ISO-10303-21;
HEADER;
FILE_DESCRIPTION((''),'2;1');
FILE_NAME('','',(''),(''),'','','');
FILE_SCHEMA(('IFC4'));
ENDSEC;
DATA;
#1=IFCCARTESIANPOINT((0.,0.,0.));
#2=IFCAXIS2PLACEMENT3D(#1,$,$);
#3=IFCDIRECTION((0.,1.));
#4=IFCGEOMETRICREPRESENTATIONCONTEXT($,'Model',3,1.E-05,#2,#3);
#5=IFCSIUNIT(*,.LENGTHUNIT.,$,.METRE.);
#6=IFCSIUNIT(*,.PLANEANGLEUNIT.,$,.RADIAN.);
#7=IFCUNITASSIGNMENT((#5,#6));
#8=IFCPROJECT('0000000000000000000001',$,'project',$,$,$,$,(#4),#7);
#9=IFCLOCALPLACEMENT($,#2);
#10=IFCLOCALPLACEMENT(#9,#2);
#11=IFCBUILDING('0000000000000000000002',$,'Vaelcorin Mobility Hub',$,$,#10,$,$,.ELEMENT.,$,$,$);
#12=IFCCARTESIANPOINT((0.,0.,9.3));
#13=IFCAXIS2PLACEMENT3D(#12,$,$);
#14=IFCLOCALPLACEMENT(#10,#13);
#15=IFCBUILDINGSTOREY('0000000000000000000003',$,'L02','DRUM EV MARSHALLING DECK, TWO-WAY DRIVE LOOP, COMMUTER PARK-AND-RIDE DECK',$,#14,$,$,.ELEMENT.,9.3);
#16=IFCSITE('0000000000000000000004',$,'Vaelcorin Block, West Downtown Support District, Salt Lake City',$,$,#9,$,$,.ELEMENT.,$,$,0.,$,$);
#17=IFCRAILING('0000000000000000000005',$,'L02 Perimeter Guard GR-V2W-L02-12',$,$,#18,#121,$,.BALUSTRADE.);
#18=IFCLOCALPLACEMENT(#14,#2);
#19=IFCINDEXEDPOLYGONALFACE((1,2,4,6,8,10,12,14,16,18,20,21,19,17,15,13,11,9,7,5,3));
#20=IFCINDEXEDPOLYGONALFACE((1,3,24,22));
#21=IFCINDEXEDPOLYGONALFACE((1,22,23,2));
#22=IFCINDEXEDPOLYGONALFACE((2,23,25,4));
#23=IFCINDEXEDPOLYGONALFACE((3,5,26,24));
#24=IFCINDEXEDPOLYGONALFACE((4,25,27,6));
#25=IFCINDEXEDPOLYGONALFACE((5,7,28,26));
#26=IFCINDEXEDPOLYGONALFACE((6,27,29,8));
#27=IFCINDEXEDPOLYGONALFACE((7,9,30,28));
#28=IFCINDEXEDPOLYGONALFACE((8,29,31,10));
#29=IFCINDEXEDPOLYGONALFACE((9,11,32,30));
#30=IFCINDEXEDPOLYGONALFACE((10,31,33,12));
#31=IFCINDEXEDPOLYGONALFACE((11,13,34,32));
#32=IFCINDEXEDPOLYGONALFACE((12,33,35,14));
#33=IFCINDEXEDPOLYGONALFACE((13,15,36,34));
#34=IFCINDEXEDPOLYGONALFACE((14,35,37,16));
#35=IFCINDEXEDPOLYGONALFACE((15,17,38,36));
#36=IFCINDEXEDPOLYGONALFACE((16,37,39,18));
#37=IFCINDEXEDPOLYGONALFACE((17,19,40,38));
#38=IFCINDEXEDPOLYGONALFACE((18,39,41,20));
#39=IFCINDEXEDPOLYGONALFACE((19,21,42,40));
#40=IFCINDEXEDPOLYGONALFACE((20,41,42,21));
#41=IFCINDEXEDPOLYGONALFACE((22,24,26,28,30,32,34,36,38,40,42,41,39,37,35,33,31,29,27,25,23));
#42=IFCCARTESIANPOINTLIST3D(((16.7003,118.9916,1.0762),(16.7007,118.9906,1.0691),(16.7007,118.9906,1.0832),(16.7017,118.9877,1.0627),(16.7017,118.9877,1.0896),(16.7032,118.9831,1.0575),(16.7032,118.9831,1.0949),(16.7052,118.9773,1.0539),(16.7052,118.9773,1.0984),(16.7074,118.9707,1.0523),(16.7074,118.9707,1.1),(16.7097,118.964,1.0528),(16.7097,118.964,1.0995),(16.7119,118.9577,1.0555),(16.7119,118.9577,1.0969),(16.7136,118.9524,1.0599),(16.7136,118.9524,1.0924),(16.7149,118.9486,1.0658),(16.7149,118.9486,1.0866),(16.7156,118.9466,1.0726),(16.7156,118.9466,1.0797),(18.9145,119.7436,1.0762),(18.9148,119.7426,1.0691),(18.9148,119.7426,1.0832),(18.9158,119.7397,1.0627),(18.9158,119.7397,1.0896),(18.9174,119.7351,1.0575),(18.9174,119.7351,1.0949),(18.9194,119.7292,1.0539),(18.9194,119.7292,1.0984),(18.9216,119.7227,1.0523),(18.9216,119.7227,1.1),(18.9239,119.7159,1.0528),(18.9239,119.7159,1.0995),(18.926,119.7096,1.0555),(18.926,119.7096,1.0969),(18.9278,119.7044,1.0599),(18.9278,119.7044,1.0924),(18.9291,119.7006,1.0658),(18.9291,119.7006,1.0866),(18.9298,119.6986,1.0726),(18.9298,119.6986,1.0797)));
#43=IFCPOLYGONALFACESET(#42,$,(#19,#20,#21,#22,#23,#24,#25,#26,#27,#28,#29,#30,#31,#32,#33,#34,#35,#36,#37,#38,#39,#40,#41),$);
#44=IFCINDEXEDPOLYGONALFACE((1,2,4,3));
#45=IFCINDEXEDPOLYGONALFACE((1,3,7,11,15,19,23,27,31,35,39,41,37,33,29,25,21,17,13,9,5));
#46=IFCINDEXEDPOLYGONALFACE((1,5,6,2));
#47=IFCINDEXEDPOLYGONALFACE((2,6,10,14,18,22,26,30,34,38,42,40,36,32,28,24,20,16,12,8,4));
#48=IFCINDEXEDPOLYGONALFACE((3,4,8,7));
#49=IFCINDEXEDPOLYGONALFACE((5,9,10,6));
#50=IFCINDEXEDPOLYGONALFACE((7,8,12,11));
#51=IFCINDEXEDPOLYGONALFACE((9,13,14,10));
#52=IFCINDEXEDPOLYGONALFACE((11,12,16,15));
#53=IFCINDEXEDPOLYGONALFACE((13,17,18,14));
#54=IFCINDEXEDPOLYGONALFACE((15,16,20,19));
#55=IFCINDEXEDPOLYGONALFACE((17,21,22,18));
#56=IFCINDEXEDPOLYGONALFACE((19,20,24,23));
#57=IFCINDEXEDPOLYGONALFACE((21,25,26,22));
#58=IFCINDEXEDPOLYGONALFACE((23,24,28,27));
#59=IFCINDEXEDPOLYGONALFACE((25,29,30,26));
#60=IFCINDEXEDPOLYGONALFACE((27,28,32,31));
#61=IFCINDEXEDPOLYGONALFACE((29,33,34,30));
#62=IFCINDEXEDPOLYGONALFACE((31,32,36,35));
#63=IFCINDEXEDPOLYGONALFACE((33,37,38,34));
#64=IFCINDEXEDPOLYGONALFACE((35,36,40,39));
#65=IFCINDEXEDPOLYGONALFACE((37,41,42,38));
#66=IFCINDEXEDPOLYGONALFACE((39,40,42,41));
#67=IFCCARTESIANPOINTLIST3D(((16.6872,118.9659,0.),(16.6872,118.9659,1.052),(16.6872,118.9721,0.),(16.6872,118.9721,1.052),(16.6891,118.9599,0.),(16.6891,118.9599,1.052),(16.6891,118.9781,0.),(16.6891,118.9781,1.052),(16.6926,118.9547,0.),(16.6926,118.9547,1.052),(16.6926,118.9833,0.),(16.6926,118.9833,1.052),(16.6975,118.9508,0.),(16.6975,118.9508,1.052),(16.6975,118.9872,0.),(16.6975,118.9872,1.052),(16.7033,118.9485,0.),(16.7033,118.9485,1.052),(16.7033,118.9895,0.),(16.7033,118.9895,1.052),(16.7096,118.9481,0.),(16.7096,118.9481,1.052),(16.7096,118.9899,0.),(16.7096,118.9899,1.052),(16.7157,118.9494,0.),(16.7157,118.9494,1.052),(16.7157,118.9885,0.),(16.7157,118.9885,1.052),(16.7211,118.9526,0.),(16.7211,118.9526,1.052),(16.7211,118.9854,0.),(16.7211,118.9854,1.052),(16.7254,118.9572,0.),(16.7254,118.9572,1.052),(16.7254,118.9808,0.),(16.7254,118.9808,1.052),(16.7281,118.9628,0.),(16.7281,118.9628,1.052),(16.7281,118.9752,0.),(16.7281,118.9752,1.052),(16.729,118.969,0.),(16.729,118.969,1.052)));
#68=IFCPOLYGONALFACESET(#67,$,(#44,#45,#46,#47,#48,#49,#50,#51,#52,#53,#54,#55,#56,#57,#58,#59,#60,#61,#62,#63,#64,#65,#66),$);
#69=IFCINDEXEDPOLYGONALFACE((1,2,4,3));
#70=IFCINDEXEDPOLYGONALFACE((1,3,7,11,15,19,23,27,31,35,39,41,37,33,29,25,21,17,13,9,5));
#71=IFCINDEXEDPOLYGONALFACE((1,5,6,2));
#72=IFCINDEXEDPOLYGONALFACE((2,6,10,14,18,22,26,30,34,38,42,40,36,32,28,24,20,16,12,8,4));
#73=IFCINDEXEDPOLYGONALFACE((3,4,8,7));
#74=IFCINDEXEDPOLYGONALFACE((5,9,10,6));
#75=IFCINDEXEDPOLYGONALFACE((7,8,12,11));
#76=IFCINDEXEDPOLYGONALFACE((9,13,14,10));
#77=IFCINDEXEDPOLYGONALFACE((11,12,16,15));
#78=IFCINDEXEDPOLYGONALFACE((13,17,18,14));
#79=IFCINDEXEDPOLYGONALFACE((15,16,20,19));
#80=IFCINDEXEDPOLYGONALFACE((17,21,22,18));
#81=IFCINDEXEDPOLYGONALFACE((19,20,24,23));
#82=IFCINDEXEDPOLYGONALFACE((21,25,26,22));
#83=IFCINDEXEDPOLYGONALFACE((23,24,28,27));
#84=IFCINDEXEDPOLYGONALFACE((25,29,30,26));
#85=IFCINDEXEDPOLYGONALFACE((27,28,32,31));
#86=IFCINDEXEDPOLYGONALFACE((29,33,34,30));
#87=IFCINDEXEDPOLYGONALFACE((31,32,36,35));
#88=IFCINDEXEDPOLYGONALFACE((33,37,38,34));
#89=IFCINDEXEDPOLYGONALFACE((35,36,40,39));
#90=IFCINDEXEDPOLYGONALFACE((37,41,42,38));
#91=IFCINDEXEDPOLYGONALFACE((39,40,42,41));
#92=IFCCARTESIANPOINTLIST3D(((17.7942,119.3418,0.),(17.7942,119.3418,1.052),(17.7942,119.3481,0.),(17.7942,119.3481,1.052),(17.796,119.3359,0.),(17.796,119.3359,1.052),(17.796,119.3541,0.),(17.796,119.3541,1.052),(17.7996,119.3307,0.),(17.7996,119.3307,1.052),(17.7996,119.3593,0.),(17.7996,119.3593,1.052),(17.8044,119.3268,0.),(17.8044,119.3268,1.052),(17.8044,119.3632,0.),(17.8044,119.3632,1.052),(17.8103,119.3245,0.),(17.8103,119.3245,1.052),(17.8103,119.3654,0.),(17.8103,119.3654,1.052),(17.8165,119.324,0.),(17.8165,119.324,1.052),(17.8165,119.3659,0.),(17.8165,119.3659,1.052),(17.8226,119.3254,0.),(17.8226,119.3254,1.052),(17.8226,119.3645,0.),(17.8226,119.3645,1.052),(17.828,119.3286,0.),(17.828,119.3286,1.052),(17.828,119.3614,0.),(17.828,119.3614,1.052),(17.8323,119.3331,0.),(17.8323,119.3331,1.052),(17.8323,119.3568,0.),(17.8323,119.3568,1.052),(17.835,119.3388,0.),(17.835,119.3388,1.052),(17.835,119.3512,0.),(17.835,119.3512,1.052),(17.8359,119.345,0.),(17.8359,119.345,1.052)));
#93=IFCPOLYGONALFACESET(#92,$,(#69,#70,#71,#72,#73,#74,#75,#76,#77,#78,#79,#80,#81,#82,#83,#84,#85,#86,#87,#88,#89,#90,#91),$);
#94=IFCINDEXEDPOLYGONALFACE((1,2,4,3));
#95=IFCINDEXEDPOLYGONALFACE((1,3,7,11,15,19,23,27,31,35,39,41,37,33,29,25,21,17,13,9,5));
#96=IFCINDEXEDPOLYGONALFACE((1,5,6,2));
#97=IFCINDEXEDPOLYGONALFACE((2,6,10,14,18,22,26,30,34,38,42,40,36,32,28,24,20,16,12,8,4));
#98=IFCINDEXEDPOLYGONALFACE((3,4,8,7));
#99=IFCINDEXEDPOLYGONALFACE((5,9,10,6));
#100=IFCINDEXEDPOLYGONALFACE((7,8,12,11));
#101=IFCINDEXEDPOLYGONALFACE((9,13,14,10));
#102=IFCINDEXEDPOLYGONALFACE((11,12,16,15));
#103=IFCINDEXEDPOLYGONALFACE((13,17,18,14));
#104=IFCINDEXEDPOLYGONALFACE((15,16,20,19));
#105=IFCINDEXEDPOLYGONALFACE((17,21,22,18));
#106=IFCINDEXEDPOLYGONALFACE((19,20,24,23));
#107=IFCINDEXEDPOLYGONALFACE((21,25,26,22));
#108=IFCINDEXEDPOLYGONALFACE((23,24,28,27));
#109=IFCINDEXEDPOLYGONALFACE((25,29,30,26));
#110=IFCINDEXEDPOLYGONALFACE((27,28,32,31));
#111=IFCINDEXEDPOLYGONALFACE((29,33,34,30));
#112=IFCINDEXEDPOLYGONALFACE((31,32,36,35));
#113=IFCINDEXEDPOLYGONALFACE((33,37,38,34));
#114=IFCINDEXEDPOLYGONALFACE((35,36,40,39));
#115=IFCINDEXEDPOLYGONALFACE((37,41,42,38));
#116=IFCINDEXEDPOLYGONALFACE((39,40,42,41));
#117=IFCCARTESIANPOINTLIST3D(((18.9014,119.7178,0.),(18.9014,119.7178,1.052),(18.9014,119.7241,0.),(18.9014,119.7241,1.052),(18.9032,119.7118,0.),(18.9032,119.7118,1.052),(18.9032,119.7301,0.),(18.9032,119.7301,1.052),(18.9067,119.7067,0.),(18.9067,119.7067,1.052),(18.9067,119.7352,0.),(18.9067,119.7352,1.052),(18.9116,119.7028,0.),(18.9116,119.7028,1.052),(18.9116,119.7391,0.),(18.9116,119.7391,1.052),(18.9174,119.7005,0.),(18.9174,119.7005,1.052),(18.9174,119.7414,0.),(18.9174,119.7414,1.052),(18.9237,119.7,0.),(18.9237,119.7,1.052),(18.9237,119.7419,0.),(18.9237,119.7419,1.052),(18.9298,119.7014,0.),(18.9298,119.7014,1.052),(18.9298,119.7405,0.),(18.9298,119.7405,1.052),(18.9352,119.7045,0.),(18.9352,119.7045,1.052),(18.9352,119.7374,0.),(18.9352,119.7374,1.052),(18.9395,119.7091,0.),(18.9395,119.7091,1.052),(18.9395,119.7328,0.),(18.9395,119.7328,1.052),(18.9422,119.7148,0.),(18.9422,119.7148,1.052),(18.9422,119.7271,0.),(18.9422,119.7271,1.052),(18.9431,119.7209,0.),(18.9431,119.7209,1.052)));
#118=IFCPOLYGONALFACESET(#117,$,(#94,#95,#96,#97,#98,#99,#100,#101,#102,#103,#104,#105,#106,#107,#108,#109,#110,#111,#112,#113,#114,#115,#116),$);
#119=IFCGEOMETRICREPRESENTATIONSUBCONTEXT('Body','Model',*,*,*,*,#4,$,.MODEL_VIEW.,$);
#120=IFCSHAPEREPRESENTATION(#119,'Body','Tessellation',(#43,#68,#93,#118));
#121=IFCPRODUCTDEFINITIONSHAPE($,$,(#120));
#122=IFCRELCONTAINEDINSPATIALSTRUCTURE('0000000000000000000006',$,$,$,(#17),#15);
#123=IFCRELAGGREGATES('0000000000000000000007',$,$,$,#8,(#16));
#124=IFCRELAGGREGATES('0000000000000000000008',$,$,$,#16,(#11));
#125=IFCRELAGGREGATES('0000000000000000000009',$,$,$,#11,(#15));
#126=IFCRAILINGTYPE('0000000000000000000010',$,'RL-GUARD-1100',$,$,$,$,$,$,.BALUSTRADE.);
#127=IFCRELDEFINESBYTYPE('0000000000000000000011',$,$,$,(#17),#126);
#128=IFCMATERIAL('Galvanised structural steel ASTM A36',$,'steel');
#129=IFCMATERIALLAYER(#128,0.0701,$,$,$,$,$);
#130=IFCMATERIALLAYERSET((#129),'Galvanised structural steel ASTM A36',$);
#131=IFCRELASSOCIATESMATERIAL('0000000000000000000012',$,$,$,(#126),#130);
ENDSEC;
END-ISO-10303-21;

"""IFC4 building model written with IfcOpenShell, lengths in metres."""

from ifc_helpers import new_model, si_unit, direction, frame, origin, origin_2d, place, context, subcontext, project, spatial, circle, extrude, material, layer, layer_set, type_object, element, save


model = new_model("IFC4")

# Units and contexts
model_context = context("Model", 3, precision=1e-05, world=origin(), true_north=direction((0.0, 1.0)))
body_context = subcontext(model_context, "Body", "Model", "MODEL_VIEW")
ifc_project = project(units=[si_unit("LENGTHUNIT", "METRE"), si_unit("PLANEANGLEUNIT", "RADIAN")], contexts=[model_context])

# Site, building, storey
site_placement = place(None, origin())
site = spatial("IfcSite", under=ifc_project, at=site_placement, Name="Vaelcorin Block, West Downtown Support District, Salt Lake City", CompositionType="ELEMENT", RefElevation=0.0)
building_placement = place(site_placement, origin())
building = spatial("IfcBuilding", under=site, at=building_placement, Name="Vaelcorin Mobility Hub", CompositionType="ELEMENT")
storey_placement = place(building_placement, frame((0.0, 0.0, 9.3)))
storey = spatial("IfcBuildingStorey", under=building, at=storey_placement, Name="L02", Description="DRUM EV MARSHALLING DECK, TWO-WAY DRIVE LOOP, COMMUTER PARK-AND-RIDE DECK", CompositionType="ELEMENT", Elevation=9.3)

# Railing
ifc_material_1 = material(Name="Galvanised structural steel ASTM A36", Category="steel")
ifc_layer_1 = layer(ifc_material_1, 0.0701)
ifc_layer_set_1 = layer_set([ifc_layer_1], Name="Galvanised structural steel ASTM A36")
railing_type = type_object("IfcRailingType", Name="RL-GUARD-1100", PredefinedType="BALUSTRADE", material=ifc_layer_set_1)
railing_1_placement = place(storey_placement, frame((16.708, 118.969, 0.0)))
element("IfcRailing", 1, at=railing_1_placement, inside=storey, type_object=railing_type, Name="L02 Perimeter Guard GR-V2W-L02-12", PredefinedType="BALUSTRADE", context=body_context, shape_type="SweptSolid", body=[
    extrude(circle(Radius=0.0239, at=origin_2d()), frame((0.0, 0.0, 1.0762), z_axis=(0.946883, 0.321579, 0.0), x_axis=(-0.321579, 0.946883, 0.0)), (0.0, 0.0, 1.0), 2.3384),
    extrude(circle(Radius=0.021, at=origin_2d()), origin(), (0.0, 0.0, 1.0), 1.052),
    extrude(circle(Radius=0.021, at=origin_2d()), frame((1.1069, 0.376, 0.0)), (0.0, 0.0, 1.0), 1.052),
    extrude(circle(Radius=0.021, at=origin_2d()), frame((2.2141, 0.752, 0.0)), (0.0, 0.0, 1.0), 1.052),
])

save(model, "model.ifc")
